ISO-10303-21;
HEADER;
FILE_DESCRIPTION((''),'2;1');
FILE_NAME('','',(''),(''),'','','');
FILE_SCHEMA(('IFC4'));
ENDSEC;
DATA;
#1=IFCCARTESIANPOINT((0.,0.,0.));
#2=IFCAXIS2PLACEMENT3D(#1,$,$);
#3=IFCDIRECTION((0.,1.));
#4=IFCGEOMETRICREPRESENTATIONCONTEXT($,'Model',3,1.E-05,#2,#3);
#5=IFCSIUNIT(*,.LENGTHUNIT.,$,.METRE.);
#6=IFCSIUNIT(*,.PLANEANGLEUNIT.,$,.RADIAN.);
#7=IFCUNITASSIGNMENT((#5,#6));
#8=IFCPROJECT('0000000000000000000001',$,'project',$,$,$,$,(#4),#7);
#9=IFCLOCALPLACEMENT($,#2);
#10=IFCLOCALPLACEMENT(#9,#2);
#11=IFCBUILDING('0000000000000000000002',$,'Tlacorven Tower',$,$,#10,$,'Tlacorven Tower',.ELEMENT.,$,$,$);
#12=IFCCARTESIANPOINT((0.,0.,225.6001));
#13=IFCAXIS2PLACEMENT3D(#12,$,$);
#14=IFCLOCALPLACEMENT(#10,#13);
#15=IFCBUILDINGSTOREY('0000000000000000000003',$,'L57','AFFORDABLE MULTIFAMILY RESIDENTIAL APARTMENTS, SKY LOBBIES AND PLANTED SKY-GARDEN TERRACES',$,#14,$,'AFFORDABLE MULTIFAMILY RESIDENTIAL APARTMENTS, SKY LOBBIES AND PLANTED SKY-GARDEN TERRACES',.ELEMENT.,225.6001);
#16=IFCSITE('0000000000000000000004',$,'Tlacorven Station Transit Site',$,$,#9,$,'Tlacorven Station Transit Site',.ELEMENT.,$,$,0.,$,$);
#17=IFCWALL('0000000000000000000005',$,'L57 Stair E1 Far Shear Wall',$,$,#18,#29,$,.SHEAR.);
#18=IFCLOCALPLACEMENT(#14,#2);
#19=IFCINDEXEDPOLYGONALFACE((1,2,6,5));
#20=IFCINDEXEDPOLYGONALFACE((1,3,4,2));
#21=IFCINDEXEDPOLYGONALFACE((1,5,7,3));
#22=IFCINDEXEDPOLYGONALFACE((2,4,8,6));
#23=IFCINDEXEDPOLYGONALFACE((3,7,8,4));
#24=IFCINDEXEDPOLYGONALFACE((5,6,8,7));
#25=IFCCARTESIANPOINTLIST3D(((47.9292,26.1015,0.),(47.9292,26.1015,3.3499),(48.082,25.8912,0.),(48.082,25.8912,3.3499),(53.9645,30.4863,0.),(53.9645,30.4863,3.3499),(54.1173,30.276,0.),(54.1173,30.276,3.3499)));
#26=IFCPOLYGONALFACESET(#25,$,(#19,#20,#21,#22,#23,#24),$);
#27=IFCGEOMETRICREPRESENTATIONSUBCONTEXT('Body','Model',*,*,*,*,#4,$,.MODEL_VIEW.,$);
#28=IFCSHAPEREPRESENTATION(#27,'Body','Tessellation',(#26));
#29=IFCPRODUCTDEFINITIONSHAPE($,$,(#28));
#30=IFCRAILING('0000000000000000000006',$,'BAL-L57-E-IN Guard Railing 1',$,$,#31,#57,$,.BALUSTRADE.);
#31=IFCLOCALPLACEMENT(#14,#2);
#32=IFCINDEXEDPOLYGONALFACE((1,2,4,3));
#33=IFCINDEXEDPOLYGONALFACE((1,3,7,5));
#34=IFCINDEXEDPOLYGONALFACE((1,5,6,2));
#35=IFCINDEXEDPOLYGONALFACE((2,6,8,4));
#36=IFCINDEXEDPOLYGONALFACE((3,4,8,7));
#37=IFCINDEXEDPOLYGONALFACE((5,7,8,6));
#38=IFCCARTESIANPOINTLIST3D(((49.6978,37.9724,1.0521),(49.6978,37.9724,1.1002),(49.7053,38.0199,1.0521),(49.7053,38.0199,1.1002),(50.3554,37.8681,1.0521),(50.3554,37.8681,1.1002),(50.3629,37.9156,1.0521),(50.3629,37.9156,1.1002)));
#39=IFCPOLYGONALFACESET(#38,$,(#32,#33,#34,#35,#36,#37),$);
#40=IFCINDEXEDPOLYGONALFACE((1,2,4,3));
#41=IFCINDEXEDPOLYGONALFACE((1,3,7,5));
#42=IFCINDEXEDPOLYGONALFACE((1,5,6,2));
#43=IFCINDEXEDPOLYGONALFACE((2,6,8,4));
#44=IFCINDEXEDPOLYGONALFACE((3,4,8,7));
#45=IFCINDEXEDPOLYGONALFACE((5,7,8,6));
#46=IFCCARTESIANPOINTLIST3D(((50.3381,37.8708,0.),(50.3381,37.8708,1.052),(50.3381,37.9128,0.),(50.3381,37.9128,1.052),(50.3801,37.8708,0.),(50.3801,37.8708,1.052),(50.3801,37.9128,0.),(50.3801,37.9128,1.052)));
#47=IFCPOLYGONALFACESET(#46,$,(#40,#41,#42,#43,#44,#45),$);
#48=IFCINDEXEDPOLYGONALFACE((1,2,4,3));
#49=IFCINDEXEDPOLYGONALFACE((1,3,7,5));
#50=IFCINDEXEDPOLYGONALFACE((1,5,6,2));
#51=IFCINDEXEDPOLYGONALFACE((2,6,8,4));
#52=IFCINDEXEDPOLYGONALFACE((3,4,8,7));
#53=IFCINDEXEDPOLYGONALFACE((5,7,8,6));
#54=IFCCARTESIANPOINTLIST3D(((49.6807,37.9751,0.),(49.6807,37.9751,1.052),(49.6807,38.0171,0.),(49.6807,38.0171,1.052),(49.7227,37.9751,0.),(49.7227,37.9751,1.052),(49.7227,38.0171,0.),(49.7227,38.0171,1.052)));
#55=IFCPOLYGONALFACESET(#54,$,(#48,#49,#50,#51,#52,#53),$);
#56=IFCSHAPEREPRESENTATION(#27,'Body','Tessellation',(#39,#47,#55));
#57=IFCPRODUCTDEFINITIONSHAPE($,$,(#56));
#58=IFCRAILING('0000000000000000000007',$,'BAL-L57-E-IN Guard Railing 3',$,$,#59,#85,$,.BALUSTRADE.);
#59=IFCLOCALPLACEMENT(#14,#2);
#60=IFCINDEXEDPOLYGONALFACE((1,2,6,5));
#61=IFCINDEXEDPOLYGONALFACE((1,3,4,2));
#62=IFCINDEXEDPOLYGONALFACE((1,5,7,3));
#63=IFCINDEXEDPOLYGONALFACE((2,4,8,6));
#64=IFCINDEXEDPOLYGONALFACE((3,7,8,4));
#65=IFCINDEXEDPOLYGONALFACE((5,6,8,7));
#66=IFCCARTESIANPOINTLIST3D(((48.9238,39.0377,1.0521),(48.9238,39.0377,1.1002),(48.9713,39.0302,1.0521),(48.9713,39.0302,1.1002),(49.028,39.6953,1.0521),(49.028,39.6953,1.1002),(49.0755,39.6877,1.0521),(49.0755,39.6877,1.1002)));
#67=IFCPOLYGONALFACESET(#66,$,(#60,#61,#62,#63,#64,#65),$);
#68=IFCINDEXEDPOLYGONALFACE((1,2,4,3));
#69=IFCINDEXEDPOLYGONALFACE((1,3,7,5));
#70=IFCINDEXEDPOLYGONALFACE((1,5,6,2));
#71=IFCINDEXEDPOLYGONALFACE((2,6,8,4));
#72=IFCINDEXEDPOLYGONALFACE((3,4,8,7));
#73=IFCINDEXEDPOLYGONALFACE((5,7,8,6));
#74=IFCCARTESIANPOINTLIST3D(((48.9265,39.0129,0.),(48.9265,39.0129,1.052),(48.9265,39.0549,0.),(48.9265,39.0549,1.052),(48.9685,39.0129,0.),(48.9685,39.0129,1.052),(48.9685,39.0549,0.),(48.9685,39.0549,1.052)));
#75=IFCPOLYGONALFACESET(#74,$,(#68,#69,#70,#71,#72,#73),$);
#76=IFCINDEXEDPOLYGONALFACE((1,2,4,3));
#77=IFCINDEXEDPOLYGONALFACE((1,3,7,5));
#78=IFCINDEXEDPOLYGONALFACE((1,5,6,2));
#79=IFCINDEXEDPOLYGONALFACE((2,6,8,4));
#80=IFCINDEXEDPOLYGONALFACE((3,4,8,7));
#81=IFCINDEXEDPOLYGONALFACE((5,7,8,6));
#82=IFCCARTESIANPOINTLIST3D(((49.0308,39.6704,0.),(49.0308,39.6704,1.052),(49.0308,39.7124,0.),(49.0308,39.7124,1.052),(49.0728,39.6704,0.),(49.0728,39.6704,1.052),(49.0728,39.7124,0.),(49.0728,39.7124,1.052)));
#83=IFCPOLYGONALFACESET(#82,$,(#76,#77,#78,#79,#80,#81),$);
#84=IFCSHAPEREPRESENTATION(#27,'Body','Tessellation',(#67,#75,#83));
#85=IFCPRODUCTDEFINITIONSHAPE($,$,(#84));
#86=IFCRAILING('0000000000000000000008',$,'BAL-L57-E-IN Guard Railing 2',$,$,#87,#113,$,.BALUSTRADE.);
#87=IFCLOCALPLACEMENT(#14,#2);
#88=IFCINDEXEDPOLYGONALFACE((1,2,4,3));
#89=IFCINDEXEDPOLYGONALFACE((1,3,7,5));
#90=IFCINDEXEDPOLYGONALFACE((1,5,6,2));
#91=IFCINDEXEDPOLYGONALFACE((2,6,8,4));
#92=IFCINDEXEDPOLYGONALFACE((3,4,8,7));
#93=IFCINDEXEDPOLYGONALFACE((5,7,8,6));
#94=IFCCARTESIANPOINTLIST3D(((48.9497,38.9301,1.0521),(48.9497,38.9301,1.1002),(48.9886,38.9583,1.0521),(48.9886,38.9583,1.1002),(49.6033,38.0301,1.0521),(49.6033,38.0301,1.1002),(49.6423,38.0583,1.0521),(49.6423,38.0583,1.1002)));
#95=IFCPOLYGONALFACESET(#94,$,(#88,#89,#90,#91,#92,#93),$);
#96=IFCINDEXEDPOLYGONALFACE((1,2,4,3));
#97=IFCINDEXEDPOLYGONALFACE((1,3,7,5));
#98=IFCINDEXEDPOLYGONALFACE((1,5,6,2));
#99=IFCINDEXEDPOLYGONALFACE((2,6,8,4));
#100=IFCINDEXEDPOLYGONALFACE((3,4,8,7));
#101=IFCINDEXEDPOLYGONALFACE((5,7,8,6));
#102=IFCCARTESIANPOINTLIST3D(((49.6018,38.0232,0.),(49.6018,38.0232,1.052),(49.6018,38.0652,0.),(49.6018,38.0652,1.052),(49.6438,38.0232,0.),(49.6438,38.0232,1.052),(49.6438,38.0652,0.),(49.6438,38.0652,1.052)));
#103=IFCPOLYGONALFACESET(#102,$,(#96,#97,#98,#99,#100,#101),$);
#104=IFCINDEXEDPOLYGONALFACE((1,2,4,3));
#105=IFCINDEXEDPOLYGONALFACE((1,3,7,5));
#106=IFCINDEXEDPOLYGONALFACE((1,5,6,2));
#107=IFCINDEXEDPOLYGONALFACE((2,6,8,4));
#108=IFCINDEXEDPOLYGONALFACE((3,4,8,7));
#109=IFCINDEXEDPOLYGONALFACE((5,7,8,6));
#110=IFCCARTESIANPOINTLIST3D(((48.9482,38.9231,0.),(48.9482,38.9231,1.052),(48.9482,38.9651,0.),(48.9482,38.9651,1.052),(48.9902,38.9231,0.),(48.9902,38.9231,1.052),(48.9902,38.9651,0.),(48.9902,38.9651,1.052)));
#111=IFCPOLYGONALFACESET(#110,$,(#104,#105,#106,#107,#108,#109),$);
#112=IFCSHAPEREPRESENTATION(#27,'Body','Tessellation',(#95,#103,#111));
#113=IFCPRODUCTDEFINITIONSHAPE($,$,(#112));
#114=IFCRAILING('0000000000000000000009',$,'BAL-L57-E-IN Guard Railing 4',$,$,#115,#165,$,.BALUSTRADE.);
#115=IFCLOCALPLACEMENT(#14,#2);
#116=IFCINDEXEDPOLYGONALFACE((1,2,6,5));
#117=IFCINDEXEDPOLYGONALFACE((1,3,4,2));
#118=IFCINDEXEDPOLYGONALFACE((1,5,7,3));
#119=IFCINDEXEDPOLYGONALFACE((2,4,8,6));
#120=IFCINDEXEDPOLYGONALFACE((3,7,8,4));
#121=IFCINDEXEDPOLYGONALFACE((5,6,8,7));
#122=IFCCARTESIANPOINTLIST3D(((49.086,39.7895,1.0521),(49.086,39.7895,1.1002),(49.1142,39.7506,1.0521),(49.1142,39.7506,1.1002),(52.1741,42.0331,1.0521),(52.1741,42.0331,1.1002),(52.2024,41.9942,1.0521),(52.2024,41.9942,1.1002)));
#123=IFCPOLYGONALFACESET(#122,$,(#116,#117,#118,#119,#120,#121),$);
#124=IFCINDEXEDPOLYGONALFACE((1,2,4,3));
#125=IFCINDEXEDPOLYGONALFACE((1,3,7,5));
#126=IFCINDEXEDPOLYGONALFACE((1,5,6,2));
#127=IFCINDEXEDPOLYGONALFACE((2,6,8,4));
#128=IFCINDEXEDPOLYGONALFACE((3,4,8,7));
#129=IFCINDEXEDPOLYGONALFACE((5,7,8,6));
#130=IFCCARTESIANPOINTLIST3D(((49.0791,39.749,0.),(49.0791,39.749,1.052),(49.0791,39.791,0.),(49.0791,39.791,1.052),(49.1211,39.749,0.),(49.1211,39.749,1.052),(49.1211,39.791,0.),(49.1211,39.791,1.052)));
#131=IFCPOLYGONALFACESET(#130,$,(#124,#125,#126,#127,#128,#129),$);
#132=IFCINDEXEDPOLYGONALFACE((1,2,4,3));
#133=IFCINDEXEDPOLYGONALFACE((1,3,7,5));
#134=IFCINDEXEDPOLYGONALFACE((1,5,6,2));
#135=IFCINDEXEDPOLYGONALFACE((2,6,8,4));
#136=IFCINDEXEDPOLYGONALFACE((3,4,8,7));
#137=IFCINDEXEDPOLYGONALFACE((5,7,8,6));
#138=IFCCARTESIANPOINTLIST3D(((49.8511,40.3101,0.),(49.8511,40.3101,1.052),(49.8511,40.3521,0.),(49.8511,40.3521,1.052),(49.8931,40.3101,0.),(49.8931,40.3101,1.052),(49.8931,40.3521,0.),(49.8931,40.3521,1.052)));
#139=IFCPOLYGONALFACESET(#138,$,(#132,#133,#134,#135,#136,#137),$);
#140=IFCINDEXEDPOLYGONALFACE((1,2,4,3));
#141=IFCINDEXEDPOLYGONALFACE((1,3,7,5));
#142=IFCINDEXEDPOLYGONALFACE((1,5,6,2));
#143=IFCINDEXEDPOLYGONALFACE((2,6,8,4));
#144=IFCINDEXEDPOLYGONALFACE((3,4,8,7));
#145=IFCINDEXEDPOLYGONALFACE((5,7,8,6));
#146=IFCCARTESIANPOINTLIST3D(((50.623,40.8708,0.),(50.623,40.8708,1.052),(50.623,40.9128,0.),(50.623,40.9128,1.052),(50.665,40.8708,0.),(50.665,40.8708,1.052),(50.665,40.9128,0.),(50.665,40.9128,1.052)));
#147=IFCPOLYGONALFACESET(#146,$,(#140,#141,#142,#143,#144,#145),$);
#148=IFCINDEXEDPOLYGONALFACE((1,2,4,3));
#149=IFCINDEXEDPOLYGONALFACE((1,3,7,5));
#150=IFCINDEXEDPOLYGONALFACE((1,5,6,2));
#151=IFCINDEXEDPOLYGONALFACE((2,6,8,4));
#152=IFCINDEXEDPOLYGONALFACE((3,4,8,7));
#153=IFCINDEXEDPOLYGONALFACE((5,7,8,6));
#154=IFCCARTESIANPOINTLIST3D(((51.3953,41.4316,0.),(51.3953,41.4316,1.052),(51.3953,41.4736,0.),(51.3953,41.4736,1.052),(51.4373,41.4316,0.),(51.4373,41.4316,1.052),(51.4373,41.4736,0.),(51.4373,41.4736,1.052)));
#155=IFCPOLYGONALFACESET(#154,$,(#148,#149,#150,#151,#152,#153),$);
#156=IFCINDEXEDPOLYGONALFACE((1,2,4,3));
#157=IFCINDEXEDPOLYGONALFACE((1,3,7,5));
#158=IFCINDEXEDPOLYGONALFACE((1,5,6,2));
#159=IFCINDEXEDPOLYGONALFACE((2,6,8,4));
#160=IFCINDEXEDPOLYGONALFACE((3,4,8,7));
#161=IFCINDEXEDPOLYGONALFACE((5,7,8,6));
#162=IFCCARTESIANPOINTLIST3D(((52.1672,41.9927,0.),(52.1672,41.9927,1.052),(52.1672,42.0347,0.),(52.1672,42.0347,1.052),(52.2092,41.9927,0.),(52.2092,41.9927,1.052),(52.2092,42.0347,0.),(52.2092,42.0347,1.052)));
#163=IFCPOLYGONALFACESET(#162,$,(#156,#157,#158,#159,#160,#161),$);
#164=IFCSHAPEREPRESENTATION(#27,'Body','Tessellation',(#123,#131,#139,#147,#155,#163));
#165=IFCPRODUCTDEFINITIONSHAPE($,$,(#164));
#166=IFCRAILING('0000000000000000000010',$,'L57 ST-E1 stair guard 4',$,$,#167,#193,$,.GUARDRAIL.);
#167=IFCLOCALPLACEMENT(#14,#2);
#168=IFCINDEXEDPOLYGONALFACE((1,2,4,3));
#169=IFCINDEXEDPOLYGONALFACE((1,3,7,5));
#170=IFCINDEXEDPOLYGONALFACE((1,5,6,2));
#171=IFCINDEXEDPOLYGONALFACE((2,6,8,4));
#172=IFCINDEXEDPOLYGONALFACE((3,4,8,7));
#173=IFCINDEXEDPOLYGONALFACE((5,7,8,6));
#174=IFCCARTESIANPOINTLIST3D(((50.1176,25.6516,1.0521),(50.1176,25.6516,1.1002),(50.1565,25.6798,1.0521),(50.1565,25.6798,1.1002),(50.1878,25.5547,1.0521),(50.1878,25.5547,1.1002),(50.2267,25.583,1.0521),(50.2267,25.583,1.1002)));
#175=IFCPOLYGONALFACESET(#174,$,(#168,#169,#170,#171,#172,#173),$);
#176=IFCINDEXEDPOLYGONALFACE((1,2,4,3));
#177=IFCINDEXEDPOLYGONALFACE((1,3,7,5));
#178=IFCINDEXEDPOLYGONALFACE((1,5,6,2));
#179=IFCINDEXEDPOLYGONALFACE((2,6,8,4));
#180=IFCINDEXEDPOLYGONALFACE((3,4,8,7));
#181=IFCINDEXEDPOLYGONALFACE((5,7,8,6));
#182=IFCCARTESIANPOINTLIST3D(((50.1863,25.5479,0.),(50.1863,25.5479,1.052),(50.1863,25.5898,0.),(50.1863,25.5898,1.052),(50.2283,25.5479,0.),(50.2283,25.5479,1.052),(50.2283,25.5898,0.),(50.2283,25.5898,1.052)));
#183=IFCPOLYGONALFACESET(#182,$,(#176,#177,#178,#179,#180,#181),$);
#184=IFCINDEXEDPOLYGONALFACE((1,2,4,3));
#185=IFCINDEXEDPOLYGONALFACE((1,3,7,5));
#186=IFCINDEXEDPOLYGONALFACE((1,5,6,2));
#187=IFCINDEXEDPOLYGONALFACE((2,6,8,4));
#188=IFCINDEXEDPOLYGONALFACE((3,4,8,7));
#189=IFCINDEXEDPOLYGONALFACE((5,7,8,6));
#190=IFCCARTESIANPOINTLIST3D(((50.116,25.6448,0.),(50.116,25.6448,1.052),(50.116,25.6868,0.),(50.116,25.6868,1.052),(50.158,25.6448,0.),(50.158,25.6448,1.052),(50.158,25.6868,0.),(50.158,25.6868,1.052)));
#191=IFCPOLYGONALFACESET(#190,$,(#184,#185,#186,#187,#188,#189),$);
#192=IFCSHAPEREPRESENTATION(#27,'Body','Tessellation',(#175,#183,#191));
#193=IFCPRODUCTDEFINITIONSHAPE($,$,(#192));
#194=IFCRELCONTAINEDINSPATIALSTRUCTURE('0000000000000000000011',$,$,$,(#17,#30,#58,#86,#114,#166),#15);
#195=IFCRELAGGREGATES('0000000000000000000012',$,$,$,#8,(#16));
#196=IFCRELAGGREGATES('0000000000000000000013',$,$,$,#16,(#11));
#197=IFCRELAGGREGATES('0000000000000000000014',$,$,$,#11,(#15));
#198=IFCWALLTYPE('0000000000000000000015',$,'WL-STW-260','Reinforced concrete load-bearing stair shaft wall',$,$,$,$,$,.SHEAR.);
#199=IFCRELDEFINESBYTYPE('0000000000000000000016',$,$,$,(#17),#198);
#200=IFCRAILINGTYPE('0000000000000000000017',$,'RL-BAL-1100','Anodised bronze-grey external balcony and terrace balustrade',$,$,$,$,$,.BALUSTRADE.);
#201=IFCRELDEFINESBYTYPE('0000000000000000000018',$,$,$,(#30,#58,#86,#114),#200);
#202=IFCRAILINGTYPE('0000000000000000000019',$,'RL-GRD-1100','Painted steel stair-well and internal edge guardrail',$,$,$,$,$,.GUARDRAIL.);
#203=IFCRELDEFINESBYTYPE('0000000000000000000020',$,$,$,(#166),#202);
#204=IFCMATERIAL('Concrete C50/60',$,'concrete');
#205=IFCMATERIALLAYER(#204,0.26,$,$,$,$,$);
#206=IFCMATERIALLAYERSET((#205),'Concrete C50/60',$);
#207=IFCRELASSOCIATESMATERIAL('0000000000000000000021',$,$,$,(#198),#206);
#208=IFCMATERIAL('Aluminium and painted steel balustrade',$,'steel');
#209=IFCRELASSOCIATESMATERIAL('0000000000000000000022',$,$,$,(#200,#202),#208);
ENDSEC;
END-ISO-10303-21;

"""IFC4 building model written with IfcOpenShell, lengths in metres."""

from ifc_helpers import new_model, si_unit, direction, frame, frame_2d, origin, origin_2d, place, context, subcontext, project, spatial, rectangle, extrude, source, transform, mapped, material, layer, layer_set, type_object, element, save


model = new_model("IFC4")

# Units and contexts
model_context = context("Model", 3, precision=1e-05, world=origin(), true_north=direction((0.0, 1.0)))
body_context = subcontext(model_context, "Body", "Model", "MODEL_VIEW")
ifc_project = project(units=[si_unit("LENGTHUNIT", "METRE"), si_unit("PLANEANGLEUNIT", "RADIAN")], contexts=[model_context])

# Site, building, storey
site_placement = place(None, origin())
site = spatial("IfcSite", under=ifc_project, at=site_placement, Name="Tlacorven Station Transit Site", LongName="Tlacorven Station Transit Site", CompositionType="ELEMENT", RefElevation=0.0)
building_placement = place(site_placement, origin())
building = spatial("IfcBuilding", under=site, at=building_placement, Name="Tlacorven Tower", LongName="Tlacorven Tower", CompositionType="ELEMENT")
storey_placement = place(building_placement, frame((0.0, 0.0, 225.6001)))
storey = spatial("IfcBuildingStorey", under=building, at=storey_placement, Name="L57", Description="AFFORDABLE MULTIFAMILY RESIDENTIAL APARTMENTS, SKY LOBBIES AND PLANTED SKY-GARDEN TERRACES", LongName="AFFORDABLE MULTIFAMILY RESIDENTIAL APARTMENTS, SKY LOBBIES AND PLANTED SKY-GARDEN TERRACES", CompositionType="ELEMENT", Elevation=225.6001)

# Wall
ifc_material_1 = material(Name="Concrete C50/60", Category="concrete")
ifc_layer_1 = layer(ifc_material_1, 0.26)
ifc_layer_set_1 = layer_set([ifc_layer_1], Name="Concrete C50/60")
wall_type_1 = type_object("IfcWallType", Name="WL-STW-260", Description="Reinforced concrete load-bearing stair shaft wall", PredefinedType="SHEAR", material=ifc_layer_set_1)
wall_1_placement = place(storey_placement, frame((48.0056, 25.9963, 0.0), z_axis=(0.0, 0.0, 1.0), x_axis=(0.809019, 0.587782, 0.0)))
element("IfcWall", 1, at=wall_1_placement, inside=storey, type_object=wall_type_1, Name="L57 Stair E1 Far Shear Wall", PredefinedType="SHEAR", context=body_context, shape_type="SweptSolid", body=[
    extrude(rectangle(XDim=7.46, YDim=0.26, at=frame_2d((3.73, 0.0))), origin(), (0.0, 0.0, 1.0), 3.3499),
])

# Railings
ifc_material_2 = material(Name="Aluminium and painted steel balustrade", Category="steel")
railing_type_1 = type_object("IfcRailingType", Name="RL-BAL-1100", Description="Anodised bronze-grey external balcony and terrace balustrade", PredefinedType="BALUSTRADE", material=ifc_material_2)
shared_shape_1 = source(origin(), body_context, "Body", "SweptSolid", [
    extrude(rectangle(XDim=0.0481, YDim=0.0481, at=origin_2d()), frame((0.0, 0.0, 1.0762), z_axis=(-0.987662, 0.156603, 0.0), x_axis=(-0.156603, -0.987662, 0.0)), (0.0, 0.0, 1.0), 0.6658),
    extrude(rectangle(XDim=0.042, YDim=0.042, at=origin_2d()), origin(), (0.0, 0.0, 1.0), 1.052),
    extrude(rectangle(XDim=0.042, YDim=0.042, at=origin_2d()), frame((-0.6575, 0.1042, 0.0)), (0.0, 0.0, 1.0), 1.052),
])
railing_1_placement = place(storey_placement, frame((50.3591, 37.8918, 0.0)))
element("IfcRailing", 2, at=railing_1_placement, inside=storey, type_object=railing_type_1, Name="BAL-L57-E-IN Guard Railing 1", PredefinedType="BALUSTRADE", context=body_context, shape_type="MappedRepresentation", body=[
    mapped(shared_shape_1, transform((0.0, 0.0, 0.0), scale=1.0)),
])
shared_shape_2 = source(origin(), body_context, "Body", "SweptSolid", [
    extrude(rectangle(XDim=0.0481, YDim=0.0481, at=origin_2d()), frame((0.0, 0.0, 1.0762), z_axis=(0.156603, 0.987662, 0.0), x_axis=(-0.987662, 0.156603, 0.0)), (0.0, 0.0, 1.0), 0.6658),
    extrude(rectangle(XDim=0.042, YDim=0.042, at=origin_2d()), origin(), (0.0, 0.0, 1.0), 1.052),
    extrude(rectangle(XDim=0.042, YDim=0.042, at=origin_2d()), frame((0.1042, 0.6575, 0.0)), (0.0, 0.0, 1.0), 1.052),
])
railing_2_placement = place(storey_placement, frame((48.9475, 39.0339, 0.0)))
element("IfcRailing", 3, at=railing_2_placement, inside=storey, type_object=railing_type_1, Name="BAL-L57-E-IN Guard Railing 3", PredefinedType="BALUSTRADE", context=body_context, shape_type="MappedRepresentation", body=[
    mapped(shared_shape_2, transform((0.0, 0.0, 0.0), scale=1.0)),
])
shared_shape_3 = source(origin(), body_context, "Body", "SweptSolid", [
    extrude(rectangle(XDim=0.0481, YDim=0.0481, at=origin_2d()), frame((0.0, 0.0, 1.0762), z_axis=(-0.587636, 0.809125, 0.0), x_axis=(-0.809125, -0.587636, 0.0)), (0.0, 0.0, 1.0), 1.1123),
    extrude(rectangle(XDim=0.042, YDim=0.042, at=origin_2d()), origin(), (0.0, 0.0, 1.0), 1.052),
    extrude(rectangle(XDim=0.042, YDim=0.042, at=origin_2d()), frame((-0.6536, 0.8999, 0.0)), (0.0, 0.0, 1.0), 1.052),
])
railing_3_placement = place(storey_placement, frame((49.6228, 38.0442, 0.0)))
element("IfcRailing", 4, at=railing_3_placement, inside=storey, type_object=railing_type_1, Name="BAL-L57-E-IN Guard Railing 2", PredefinedType="BALUSTRADE", context=body_context, shape_type="MappedRepresentation", body=[
    mapped(shared_shape_3, transform((0.0, 0.0, 0.0), scale=1.0)),
])
shared_shape_4 = source(origin(), body_context, "Body", "SweptSolid", [
    extrude(rectangle(XDim=0.0481, YDim=0.0481, at=origin_2d()), frame((0.0, 0.0, 1.0762), z_axis=(0.809018, 0.587784, 0.0), x_axis=(-0.587784, 0.809018, 0.0)), (0.0, 0.0, 1.0), 3.8171),
    extrude(rectangle(XDim=0.042, YDim=0.042, at=origin_2d()), origin(), (0.0, 0.0, 1.0), 1.052),
    extrude(rectangle(XDim=0.042, YDim=0.042, at=origin_2d()), frame((0.772, 0.561, 0.0)), (0.0, 0.0, 1.0), 1.052),
    extrude(rectangle(XDim=0.042, YDim=0.042, at=origin_2d()), frame((1.5439, 1.1218, 0.0)), (0.0, 0.0, 1.0), 1.052),
    extrude(rectangle(XDim=0.042, YDim=0.042, at=origin_2d()), frame((2.3162, 1.6826, 0.0)), (0.0, 0.0, 1.0), 1.052),
    extrude(rectangle(XDim=0.042, YDim=0.042, at=origin_2d()), frame((3.0881, 2.2437, 0.0)), (0.0, 0.0, 1.0), 1.052),
])
railing_4_placement = place(storey_placement, frame((49.1001, 39.77, 0.0)))
element("IfcRailing", 5, at=railing_4_placement, inside=storey, type_object=railing_type_1, Name="BAL-L57-E-IN Guard Railing 4", PredefinedType="BALUSTRADE", context=body_context, shape_type="MappedRepresentation", body=[
    mapped(shared_shape_4, transform((0.0, 0.0, 0.0), scale=1.0)),
])
railing_type_2 = type_object("IfcRailingType", Name="RL-GRD-1100", Description="Painted steel stair-well and internal edge guardrail", PredefinedType="GUARDRAIL", material=ifc_material_2)
shared_shape_5 = source(origin(), body_context, "Body", "SweptSolid", [
    extrude(rectangle(XDim=0.0481, YDim=0.0481, at=origin_2d()), frame((0.0, 0.0, 1.0762), z_axis=(-0.587201, 0.809441, 0.0), x_axis=(-0.809441, -0.587201, 0.0)), (0.0, 0.0, 1.0), 0.1196),
    extrude(rectangle(XDim=0.042, YDim=0.042, at=origin_2d()), origin(), (0.0, 0.0, 1.0), 1.052),
    extrude(rectangle(XDim=0.042, YDim=0.042, at=origin_2d()), frame((-0.0703, 0.0969, 0.0)), (0.0, 0.0, 1.0), 1.052),
])
railing_5_placement = place(storey_placement, frame((50.2073, 25.5688, 0.0)))
element("IfcRailing", 6, at=railing_5_placement, inside=storey, type_object=railing_type_2, Name="L57 ST-E1 stair guard 4", PredefinedType="GUARDRAIL", context=body_context, shape_type="MappedRepresentation", body=[
    mapped(shared_shape_5, transform((0.0, 0.0, 0.0), scale=1.0)),
])

save(model, "model.ifc")
